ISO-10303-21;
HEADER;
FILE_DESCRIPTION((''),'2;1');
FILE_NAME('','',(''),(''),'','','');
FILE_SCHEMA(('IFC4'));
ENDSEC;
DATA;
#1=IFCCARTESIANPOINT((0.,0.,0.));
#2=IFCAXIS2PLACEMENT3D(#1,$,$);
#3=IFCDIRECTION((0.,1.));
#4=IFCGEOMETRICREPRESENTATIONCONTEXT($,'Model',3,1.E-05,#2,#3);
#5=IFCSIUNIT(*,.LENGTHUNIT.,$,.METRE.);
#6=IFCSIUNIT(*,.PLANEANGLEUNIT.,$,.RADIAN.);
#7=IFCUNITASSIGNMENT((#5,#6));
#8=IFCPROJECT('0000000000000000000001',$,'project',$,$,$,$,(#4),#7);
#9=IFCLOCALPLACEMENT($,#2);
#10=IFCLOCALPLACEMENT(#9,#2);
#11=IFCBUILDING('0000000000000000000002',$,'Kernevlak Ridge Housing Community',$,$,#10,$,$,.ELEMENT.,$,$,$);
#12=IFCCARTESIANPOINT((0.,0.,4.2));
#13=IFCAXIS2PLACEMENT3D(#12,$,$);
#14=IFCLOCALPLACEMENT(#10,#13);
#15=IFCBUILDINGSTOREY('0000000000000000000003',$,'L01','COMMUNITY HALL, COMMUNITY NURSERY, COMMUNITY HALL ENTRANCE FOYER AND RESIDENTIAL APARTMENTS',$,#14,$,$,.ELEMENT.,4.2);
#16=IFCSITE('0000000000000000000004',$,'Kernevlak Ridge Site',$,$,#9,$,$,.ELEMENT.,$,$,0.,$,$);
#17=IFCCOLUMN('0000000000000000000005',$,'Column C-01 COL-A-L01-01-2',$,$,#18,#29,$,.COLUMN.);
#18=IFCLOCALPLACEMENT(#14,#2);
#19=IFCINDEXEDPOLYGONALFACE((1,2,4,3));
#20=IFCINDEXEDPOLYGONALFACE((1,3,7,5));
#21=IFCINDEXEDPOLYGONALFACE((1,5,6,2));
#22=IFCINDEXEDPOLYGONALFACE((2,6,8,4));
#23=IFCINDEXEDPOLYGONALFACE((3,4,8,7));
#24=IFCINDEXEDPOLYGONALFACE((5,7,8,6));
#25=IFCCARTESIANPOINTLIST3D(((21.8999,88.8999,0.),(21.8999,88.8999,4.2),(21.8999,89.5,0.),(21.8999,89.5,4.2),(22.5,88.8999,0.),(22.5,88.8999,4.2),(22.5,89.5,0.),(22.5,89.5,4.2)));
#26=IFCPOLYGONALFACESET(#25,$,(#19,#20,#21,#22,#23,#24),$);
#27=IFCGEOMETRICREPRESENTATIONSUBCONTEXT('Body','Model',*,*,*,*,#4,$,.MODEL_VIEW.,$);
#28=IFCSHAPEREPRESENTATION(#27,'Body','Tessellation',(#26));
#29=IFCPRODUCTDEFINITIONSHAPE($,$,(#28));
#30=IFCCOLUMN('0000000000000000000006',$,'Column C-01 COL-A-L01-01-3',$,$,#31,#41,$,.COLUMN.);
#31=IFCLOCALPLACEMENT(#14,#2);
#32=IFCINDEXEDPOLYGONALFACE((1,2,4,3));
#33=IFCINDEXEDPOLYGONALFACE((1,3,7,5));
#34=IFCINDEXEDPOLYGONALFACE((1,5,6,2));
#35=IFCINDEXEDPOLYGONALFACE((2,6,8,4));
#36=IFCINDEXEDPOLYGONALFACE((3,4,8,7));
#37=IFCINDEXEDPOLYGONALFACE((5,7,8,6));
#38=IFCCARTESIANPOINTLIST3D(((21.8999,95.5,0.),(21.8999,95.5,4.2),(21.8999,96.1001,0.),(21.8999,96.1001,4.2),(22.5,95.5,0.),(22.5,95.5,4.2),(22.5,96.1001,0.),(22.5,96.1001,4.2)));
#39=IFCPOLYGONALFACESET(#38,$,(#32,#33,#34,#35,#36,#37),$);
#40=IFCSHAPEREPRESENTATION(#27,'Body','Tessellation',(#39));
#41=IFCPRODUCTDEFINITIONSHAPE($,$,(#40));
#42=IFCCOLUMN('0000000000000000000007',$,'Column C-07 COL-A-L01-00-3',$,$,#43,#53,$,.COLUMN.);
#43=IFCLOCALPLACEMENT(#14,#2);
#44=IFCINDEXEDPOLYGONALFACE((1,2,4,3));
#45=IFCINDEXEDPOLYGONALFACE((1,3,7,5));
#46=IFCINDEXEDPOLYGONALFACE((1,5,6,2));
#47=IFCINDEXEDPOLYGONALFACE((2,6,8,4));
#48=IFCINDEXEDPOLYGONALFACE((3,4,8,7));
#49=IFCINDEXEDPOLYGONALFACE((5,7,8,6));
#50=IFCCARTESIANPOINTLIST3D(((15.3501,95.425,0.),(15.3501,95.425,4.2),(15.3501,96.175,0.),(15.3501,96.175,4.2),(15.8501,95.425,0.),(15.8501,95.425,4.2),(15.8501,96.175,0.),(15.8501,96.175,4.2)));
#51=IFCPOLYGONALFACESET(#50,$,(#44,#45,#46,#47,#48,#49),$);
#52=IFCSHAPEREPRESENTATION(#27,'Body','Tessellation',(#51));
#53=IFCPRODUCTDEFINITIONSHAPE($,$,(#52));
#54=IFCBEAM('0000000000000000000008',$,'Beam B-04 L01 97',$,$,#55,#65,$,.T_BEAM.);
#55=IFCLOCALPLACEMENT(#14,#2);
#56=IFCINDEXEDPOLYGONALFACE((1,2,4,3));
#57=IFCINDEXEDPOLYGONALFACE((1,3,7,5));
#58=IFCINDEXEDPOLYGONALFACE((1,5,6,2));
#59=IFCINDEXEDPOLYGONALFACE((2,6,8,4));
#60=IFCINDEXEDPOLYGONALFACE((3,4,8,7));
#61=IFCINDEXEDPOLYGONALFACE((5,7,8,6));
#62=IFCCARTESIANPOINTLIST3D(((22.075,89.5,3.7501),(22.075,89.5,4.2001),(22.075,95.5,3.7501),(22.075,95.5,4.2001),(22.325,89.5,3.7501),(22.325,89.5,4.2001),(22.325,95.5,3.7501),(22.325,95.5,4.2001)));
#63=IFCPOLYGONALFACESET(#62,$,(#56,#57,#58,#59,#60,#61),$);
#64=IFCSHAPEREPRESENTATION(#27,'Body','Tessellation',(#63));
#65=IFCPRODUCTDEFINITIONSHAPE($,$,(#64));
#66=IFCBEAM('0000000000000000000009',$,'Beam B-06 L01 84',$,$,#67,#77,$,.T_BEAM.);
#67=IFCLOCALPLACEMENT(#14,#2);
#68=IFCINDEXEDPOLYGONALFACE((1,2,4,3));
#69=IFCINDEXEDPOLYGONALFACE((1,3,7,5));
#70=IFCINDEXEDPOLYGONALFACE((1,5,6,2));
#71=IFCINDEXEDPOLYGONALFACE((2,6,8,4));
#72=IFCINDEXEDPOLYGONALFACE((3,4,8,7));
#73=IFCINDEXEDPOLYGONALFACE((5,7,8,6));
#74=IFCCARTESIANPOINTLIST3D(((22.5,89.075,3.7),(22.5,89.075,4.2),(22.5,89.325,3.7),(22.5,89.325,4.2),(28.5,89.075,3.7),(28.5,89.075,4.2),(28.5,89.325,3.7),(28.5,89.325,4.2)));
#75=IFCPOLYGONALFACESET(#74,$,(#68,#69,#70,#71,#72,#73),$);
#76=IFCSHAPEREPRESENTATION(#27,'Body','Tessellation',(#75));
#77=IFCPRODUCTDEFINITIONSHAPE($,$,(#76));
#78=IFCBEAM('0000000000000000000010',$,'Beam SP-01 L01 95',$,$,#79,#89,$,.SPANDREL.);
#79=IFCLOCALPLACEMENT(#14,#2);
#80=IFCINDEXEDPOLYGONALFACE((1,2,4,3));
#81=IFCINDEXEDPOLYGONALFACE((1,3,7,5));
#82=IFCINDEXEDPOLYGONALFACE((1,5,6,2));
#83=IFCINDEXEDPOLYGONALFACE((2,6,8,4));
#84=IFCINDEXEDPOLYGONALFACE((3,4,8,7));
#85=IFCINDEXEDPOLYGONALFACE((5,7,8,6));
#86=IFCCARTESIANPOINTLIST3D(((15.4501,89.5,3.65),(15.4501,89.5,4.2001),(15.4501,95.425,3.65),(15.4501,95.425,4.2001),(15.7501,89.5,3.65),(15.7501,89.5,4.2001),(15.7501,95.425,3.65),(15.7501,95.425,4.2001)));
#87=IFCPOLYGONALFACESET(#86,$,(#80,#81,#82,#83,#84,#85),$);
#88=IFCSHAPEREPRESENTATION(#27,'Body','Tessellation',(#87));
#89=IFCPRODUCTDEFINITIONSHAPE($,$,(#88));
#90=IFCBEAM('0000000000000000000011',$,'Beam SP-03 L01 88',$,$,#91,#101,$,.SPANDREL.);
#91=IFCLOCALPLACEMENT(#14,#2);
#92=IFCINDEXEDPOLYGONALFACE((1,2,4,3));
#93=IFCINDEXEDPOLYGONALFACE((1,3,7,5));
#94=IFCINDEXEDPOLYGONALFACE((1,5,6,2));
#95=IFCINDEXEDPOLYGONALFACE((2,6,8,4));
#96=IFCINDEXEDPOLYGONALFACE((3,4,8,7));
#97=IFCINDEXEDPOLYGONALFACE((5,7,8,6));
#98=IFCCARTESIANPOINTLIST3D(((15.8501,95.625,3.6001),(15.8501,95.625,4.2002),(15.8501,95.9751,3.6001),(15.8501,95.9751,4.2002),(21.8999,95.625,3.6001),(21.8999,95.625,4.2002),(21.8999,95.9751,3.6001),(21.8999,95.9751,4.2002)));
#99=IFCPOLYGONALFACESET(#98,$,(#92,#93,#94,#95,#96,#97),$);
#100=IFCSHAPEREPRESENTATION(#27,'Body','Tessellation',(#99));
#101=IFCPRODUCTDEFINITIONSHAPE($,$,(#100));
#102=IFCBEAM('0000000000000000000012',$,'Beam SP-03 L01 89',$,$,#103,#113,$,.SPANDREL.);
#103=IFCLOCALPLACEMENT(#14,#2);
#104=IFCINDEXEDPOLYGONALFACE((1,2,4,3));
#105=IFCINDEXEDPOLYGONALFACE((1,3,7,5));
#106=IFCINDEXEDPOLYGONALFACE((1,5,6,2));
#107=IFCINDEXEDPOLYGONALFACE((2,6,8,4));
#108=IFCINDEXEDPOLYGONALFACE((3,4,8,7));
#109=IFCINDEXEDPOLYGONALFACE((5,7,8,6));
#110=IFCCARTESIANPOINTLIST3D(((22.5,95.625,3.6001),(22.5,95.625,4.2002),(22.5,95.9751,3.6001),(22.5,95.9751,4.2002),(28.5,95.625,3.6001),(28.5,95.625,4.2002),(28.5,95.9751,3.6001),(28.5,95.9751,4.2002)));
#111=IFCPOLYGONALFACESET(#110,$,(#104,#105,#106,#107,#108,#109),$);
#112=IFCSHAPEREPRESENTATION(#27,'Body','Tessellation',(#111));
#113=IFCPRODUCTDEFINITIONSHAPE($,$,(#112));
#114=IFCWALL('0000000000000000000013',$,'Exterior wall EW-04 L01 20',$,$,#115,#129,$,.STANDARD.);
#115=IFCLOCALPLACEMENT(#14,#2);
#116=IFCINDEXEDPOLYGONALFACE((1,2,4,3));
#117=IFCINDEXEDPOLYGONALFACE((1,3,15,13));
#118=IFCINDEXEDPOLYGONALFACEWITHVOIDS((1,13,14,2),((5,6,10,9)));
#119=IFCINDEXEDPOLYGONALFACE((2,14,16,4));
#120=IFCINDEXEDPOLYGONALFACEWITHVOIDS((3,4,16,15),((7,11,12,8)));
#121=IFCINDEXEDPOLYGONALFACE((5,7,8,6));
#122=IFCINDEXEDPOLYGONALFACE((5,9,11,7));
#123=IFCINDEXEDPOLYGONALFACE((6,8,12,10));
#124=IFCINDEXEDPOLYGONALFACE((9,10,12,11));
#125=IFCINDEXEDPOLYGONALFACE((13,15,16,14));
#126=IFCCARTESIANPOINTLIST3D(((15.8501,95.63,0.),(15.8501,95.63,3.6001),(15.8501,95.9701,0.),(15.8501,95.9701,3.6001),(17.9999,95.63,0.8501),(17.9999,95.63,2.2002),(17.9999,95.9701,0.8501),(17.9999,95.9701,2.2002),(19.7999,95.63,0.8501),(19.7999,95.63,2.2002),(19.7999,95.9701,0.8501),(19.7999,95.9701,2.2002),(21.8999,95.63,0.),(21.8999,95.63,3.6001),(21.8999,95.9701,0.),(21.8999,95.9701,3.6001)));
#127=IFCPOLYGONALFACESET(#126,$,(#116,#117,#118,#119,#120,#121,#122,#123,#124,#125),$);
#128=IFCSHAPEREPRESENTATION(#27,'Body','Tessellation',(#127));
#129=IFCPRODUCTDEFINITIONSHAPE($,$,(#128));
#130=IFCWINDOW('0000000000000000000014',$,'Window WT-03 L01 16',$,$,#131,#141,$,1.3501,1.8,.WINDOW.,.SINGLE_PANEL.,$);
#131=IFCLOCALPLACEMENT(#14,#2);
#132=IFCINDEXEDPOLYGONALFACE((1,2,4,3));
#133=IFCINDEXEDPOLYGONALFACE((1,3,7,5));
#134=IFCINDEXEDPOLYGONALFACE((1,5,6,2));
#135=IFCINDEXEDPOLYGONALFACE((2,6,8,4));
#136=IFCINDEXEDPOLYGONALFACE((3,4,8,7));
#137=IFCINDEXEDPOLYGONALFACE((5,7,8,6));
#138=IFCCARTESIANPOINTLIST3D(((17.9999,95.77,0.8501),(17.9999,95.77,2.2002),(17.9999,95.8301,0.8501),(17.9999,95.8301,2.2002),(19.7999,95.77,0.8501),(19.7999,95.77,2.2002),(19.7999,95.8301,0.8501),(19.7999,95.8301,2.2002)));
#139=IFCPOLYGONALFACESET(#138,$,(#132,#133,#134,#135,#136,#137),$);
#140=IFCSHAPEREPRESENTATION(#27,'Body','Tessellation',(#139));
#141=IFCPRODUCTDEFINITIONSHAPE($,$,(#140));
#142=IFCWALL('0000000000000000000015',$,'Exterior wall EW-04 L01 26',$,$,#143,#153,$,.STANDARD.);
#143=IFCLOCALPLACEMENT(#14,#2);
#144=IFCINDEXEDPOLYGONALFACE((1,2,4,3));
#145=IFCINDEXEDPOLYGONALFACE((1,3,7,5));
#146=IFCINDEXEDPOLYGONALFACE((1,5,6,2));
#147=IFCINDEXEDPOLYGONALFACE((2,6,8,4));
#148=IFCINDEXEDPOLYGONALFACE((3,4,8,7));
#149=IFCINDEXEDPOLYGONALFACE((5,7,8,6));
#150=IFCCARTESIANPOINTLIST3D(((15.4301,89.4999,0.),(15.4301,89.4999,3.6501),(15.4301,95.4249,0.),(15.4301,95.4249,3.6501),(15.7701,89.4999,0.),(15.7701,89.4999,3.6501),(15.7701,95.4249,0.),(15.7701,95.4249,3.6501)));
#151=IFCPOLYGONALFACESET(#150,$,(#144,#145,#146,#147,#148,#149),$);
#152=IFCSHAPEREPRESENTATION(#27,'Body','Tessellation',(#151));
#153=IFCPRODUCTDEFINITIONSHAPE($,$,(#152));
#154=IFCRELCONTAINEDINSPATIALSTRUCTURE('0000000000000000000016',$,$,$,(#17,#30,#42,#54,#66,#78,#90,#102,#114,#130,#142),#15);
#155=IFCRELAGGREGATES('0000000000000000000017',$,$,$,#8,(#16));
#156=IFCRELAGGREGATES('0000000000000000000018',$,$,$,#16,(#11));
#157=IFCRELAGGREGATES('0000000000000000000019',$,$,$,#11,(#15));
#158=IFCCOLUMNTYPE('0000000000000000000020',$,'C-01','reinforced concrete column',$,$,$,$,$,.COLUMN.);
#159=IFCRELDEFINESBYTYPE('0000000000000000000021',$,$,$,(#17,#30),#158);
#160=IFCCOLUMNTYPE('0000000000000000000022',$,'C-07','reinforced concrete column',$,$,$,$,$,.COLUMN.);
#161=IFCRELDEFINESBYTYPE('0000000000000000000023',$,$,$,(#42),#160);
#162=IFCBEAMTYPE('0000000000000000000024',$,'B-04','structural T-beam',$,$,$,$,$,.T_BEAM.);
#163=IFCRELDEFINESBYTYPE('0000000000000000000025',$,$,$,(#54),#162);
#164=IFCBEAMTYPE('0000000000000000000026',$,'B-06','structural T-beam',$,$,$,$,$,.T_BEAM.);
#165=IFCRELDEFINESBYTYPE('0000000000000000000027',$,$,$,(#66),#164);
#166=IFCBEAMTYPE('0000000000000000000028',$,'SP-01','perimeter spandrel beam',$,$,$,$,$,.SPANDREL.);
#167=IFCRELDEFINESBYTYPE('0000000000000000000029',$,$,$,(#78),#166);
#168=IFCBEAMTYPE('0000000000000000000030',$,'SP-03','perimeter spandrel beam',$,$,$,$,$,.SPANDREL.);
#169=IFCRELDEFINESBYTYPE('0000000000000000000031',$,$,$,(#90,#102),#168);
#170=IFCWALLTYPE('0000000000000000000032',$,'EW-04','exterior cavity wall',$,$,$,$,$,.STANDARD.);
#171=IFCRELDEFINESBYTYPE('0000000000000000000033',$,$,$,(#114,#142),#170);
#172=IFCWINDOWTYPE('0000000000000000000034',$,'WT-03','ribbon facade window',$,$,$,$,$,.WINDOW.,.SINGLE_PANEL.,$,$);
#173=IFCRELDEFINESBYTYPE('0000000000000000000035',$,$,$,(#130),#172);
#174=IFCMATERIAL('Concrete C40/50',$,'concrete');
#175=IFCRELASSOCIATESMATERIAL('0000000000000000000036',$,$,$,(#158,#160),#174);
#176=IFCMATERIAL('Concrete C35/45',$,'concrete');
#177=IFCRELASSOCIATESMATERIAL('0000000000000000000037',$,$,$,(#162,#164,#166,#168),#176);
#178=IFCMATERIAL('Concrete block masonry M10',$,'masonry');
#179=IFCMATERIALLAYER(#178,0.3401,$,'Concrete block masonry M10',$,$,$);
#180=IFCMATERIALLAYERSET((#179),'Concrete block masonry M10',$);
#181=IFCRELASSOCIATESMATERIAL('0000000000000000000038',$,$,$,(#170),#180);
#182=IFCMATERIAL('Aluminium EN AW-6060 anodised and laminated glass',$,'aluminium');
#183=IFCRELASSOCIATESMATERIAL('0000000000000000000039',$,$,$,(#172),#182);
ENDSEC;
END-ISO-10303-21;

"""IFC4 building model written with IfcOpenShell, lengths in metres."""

from ifc_helpers import new_model, si_unit, direction, frame, frame_2d, origin, origin_2d, place, context, subcontext, project, spatial, rectangle, extrude, material, layer, layer_set, material_profile, profile_set, type_object, element, fill, save


model = new_model("IFC4")

# Units and contexts
model_context = context("Model", 3, precision=1e-05, world=origin(), true_north=direction((0.0, 1.0)))
body_context = subcontext(model_context, "Body", "Model", "MODEL_VIEW")
ifc_project = project(units=[si_unit("LENGTHUNIT", "METRE"), si_unit("PLANEANGLEUNIT", "RADIAN")], contexts=[model_context])

# Site, building, storey
site_placement = place(None, origin())
site = spatial("IfcSite", under=ifc_project, at=site_placement, Name="Kernevlak Ridge Site", CompositionType="ELEMENT", RefElevation=0.0)
building_placement = place(site_placement, origin())
building = spatial("IfcBuilding", under=site, at=building_placement, Name="Kernevlak Ridge Housing Community", CompositionType="ELEMENT")
storey_placement = place(building_placement, frame((0.0, 0.0, 4.2)))
storey = spatial("IfcBuildingStorey", under=building, at=storey_placement, Name="L01", Description="COMMUNITY HALL, COMMUNITY NURSERY, COMMUNITY HALL ENTRANCE FOYER AND RESIDENTIAL APARTMENTS", CompositionType="ELEMENT", Elevation=4.2)

# Columns
ifc_material_1 = material(Name="Concrete C40/50", Category="concrete")
ifc_material_profile_1 = material_profile(ifc_material_1, rectangle(XDim=0.6001, YDim=0.6001, at=origin_2d()), Name="RC 600x600")
ifc_profile_set_1 = profile_set([ifc_material_profile_1], Name="Concrete C40/50")
column_type_1 = type_object("IfcColumnType", Name="C-01", Description="reinforced concrete column", PredefinedType="COLUMN", material=ifc_profile_set_1)
for number, where, z_axis, x_axis, name in (
    (1, (22.2, 89.2, 0.0), (0.0, 0.0, 1.0), (1.0, 0.0, 0.0), "Column C-01 COL-A-L01-01-2"),
    (2, (22.2, 95.8, 0.0), (0.0, 0.0, 1.0), (1.0, 0.0, 0.0), "Column C-01 COL-A-L01-01-3"),
):
    element("IfcColumn", number, at=place(storey_placement, frame(where, z_axis=z_axis, x_axis=x_axis)), inside=storey, type_object=column_type_1, Name=name, PredefinedType="COLUMN", context=body_context, shape_type="SweptSolid", body=[
        extrude(rectangle(XDim=0.6001, YDim=0.6001, at=origin_2d()), origin(), (0.0, 0.0, 1.0), 4.2),
    ])
ifc_material_profile_2 = material_profile(ifc_material_1, rectangle(XDim=0.5, YDim=0.75, at=origin_2d()), Name="RC 500x750")
ifc_profile_set_2 = profile_set([ifc_material_profile_2], Name="Concrete C40/50")
column_type_2 = type_object("IfcColumnType", Name="C-07", Description="reinforced concrete column", PredefinedType="COLUMN", material=ifc_profile_set_2)
column_placement = place(storey_placement, frame((15.6001, 95.8, 0.0), z_axis=(0.0, 0.0, 1.0), x_axis=(1.0, 0.0, 0.0)))
element("IfcColumn", 3, at=column_placement, inside=storey, type_object=column_type_2, Name="Column C-07 COL-A-L01-00-3", PredefinedType="COLUMN", context=body_context, shape_type="SweptSolid", body=[
    extrude(rectangle(XDim=0.5, YDim=0.75, at=origin_2d()), origin(), (0.0, 0.0, 1.0), 4.2),
])

# Beams
ifc_material_2 = material(Name="Concrete C35/45", Category="concrete")
ifc_material_profile_3 = material_profile(ifc_material_2, rectangle(XDim=0.25, YDim=0.45, at=origin_2d()), Name="RC 250x450")
ifc_profile_set_3 = profile_set([ifc_material_profile_3], Name="Concrete C35/45")
beam_type_1 = type_object("IfcBeamType", Name="B-04", Description="structural T-beam", PredefinedType="T_BEAM", material=ifc_profile_set_3)
beam_1_placement = place(storey_placement, frame((22.2, 89.5, 3.9751), z_axis=(0.0, 1.0, 0.0), x_axis=(-1.0, 0.0, 0.0)))
element("IfcBeam", 4, at=beam_1_placement, inside=storey, type_object=beam_type_1, Name="Beam B-04 L01 97", PredefinedType="T_BEAM", context=body_context, shape_type="SweptSolid", body=[
    extrude(rectangle(XDim=0.25, YDim=0.45, at=origin_2d()), origin(), (0.0, 0.0, 1.0), 6.0),
])
ifc_material_profile_4 = material_profile(ifc_material_2, rectangle(XDim=0.25, YDim=0.5, at=origin_2d()), Name="RC 250x500")
ifc_profile_set_4 = profile_set([ifc_material_profile_4], Name="Concrete C35/45")
beam_type_2 = type_object("IfcBeamType", Name="B-06", Description="structural T-beam", PredefinedType="T_BEAM", material=ifc_profile_set_4)
beam_2_placement = place(storey_placement, frame((22.5, 89.2, 3.95), z_axis=(1.0, 0.0, 0.0), x_axis=(0.0, 1.0, 0.0)))
element("IfcBeam", 5, at=beam_2_placement, inside=storey, type_object=beam_type_2, Name="Beam B-06 L01 84", PredefinedType="T_BEAM", context=body_context, shape_type="SweptSolid", body=[
    extrude(rectangle(XDim=0.25, YDim=0.5, at=origin_2d()), origin(), (0.0, 0.0, 1.0), 6.0),
])
ifc_material_profile_5 = material_profile(ifc_material_2, rectangle(XDim=0.3, YDim=0.55, at=origin_2d()), Name="RC 300x550")
ifc_profile_set_5 = profile_set([ifc_material_profile_5], Name="Concrete C35/45")
beam_type_3 = type_object("IfcBeamType", Name="SP-01", Description="perimeter spandrel beam", PredefinedType="SPANDREL", material=ifc_profile_set_5)
beam_3_placement = place(storey_placement, frame((15.6001, 89.5, 3.925), z_axis=(0.0, 1.0, 0.0), x_axis=(-1.0, 0.0, 0.0)))
element("IfcBeam", 6, at=beam_3_placement, inside=storey, type_object=beam_type_3, Name="Beam SP-01 L01 95", PredefinedType="SPANDREL", context=body_context, shape_type="SweptSolid", body=[
    extrude(rectangle(XDim=0.3, YDim=0.55, at=origin_2d()), origin(), (0.0, 0.0, 1.0), 5.925),
])
ifc_material_profile_6 = material_profile(ifc_material_2, rectangle(XDim=0.3501, YDim=0.6001, at=origin_2d()), Name="RC 350x600")
ifc_profile_set_6 = profile_set([ifc_material_profile_6], Name="Concrete C35/45")
beam_type_4 = type_object("IfcBeamType", Name="SP-03", Description="perimeter spandrel beam", PredefinedType="SPANDREL", material=ifc_profile_set_6)
beam_4_placement = place(storey_placement, frame((15.8501, 95.8, 3.9001), z_axis=(1.0, 0.0, 0.0), x_axis=(0.0, 1.0, 0.0)))
element("IfcBeam", 7, at=beam_4_placement, inside=storey, type_object=beam_type_4, Name="Beam SP-03 L01 88", PredefinedType="SPANDREL", context=body_context, shape_type="SweptSolid", body=[
    extrude(rectangle(XDim=0.3501, YDim=0.6001, at=origin_2d()), origin(), (0.0, 0.0, 1.0), 6.0498),
])
beam_5_placement = place(storey_placement, frame((22.5, 95.8, 3.9001), z_axis=(1.0, 0.0, 0.0), x_axis=(0.0, 1.0, 0.0)))
element("IfcBeam", 8, at=beam_5_placement, inside=storey, type_object=beam_type_4, Name="Beam SP-03 L01 89", PredefinedType="SPANDREL", context=body_context, shape_type="SweptSolid", body=[
    extrude(rectangle(XDim=0.3501, YDim=0.6001, at=origin_2d()), origin(), (0.0, 0.0, 1.0), 6.0),
])

# Wall, opening, window
ifc_material_3 = material(Name="Concrete block masonry M10", Category="masonry")
ifc_layer_1 = layer(ifc_material_3, 0.3401, Name="Concrete block masonry M10")
ifc_layer_set_1 = layer_set([ifc_layer_1], Name="Concrete block masonry M10")
wall_type_1 = type_object("IfcWallType", Name="EW-04", Description="exterior cavity wall", PredefinedType="STANDARD", material=ifc_layer_set_1)
wall_1_placement = place(storey_placement, frame((15.8501, 95.8, 0.0), z_axis=(0.0, 0.0, 1.0), x_axis=(1.0, 0.0, 0.0)))
wall_1 = element("IfcWall", 9, at=wall_1_placement, inside=storey, type_object=wall_type_1, Name="Exterior wall EW-04 L01 20", PredefinedType="STANDARD", context=body_context, shape_type="SweptSolid", body=[
    extrude(rectangle(XDim=6.0498, YDim=0.3401, at=frame_2d((3.0249, 0.0))), origin(), (0.0, 0.0, 1.0), 3.6001),
])
opening_1_placement = place(wall_1_placement, frame((2.1499, 0.0, 0.8501)))
opening_1 = element("IfcOpeningElement", 10, at=opening_1_placement, cuts=wall_1, PredefinedType="OPENING", context=body_context, shape_type="SweptSolid", body=[
    extrude(rectangle(XDim=1.8, YDim=1.3501, at=frame_2d((0.8999, 0.675))), frame((0.0, 0.1799, 0.0), z_axis=(0.0, -1.0, 0.0), x_axis=(1.0, 0.0, 0.0)), (0.0, 0.0, 1.0), 0.3601),
])
ifc_material_4 = material(Name="Aluminium EN AW-6060 anodised and laminated glass", Category="aluminium")
window_type = type_object("IfcWindowType", Name="WT-03", Description="ribbon facade window", PartitioningType="SINGLE_PANEL", PredefinedType="WINDOW", material=ifc_material_4)
window_placement = place(opening_1_placement, origin())
window = element("IfcWindow", 11, at=window_placement, inside=storey, type_object=window_type, Name="Window WT-03 L01 16", OverallHeight=1.3501, OverallWidth=1.8, PartitioningType="SINGLE_PANEL", PredefinedType="WINDOW", context=body_context, shape_type="SweptSolid", body=[
    extrude(rectangle(XDim=1.8, YDim=1.3501, at=frame_2d((0.8999, 0.675))), frame((0.0, 0.03, 0.0), z_axis=(0.0, -1.0, 0.0), x_axis=(1.0, 0.0, 0.0)), (0.0, 0.0, 1.0), 0.0601),
])
fill(opening_1, window)

# Wall
wall_2_placement = place(storey_placement, frame((15.6001, 89.5, 0.0), z_axis=(0.0, 0.0, 1.0), x_axis=(0.0, 1.0, 0.0)))
element("IfcWall", 12, at=wall_2_placement, inside=storey, type_object=wall_type_1, Name="Exterior wall EW-04 L01 26", PredefinedType="STANDARD", context=body_context, shape_type="SweptSolid", body=[
    extrude(rectangle(XDim=5.925, YDim=0.3401, at=frame_2d((2.9624, 0.0))), origin(), (0.0, 0.0, 1.0), 3.6501),
])

save(model, "model.ifc")
